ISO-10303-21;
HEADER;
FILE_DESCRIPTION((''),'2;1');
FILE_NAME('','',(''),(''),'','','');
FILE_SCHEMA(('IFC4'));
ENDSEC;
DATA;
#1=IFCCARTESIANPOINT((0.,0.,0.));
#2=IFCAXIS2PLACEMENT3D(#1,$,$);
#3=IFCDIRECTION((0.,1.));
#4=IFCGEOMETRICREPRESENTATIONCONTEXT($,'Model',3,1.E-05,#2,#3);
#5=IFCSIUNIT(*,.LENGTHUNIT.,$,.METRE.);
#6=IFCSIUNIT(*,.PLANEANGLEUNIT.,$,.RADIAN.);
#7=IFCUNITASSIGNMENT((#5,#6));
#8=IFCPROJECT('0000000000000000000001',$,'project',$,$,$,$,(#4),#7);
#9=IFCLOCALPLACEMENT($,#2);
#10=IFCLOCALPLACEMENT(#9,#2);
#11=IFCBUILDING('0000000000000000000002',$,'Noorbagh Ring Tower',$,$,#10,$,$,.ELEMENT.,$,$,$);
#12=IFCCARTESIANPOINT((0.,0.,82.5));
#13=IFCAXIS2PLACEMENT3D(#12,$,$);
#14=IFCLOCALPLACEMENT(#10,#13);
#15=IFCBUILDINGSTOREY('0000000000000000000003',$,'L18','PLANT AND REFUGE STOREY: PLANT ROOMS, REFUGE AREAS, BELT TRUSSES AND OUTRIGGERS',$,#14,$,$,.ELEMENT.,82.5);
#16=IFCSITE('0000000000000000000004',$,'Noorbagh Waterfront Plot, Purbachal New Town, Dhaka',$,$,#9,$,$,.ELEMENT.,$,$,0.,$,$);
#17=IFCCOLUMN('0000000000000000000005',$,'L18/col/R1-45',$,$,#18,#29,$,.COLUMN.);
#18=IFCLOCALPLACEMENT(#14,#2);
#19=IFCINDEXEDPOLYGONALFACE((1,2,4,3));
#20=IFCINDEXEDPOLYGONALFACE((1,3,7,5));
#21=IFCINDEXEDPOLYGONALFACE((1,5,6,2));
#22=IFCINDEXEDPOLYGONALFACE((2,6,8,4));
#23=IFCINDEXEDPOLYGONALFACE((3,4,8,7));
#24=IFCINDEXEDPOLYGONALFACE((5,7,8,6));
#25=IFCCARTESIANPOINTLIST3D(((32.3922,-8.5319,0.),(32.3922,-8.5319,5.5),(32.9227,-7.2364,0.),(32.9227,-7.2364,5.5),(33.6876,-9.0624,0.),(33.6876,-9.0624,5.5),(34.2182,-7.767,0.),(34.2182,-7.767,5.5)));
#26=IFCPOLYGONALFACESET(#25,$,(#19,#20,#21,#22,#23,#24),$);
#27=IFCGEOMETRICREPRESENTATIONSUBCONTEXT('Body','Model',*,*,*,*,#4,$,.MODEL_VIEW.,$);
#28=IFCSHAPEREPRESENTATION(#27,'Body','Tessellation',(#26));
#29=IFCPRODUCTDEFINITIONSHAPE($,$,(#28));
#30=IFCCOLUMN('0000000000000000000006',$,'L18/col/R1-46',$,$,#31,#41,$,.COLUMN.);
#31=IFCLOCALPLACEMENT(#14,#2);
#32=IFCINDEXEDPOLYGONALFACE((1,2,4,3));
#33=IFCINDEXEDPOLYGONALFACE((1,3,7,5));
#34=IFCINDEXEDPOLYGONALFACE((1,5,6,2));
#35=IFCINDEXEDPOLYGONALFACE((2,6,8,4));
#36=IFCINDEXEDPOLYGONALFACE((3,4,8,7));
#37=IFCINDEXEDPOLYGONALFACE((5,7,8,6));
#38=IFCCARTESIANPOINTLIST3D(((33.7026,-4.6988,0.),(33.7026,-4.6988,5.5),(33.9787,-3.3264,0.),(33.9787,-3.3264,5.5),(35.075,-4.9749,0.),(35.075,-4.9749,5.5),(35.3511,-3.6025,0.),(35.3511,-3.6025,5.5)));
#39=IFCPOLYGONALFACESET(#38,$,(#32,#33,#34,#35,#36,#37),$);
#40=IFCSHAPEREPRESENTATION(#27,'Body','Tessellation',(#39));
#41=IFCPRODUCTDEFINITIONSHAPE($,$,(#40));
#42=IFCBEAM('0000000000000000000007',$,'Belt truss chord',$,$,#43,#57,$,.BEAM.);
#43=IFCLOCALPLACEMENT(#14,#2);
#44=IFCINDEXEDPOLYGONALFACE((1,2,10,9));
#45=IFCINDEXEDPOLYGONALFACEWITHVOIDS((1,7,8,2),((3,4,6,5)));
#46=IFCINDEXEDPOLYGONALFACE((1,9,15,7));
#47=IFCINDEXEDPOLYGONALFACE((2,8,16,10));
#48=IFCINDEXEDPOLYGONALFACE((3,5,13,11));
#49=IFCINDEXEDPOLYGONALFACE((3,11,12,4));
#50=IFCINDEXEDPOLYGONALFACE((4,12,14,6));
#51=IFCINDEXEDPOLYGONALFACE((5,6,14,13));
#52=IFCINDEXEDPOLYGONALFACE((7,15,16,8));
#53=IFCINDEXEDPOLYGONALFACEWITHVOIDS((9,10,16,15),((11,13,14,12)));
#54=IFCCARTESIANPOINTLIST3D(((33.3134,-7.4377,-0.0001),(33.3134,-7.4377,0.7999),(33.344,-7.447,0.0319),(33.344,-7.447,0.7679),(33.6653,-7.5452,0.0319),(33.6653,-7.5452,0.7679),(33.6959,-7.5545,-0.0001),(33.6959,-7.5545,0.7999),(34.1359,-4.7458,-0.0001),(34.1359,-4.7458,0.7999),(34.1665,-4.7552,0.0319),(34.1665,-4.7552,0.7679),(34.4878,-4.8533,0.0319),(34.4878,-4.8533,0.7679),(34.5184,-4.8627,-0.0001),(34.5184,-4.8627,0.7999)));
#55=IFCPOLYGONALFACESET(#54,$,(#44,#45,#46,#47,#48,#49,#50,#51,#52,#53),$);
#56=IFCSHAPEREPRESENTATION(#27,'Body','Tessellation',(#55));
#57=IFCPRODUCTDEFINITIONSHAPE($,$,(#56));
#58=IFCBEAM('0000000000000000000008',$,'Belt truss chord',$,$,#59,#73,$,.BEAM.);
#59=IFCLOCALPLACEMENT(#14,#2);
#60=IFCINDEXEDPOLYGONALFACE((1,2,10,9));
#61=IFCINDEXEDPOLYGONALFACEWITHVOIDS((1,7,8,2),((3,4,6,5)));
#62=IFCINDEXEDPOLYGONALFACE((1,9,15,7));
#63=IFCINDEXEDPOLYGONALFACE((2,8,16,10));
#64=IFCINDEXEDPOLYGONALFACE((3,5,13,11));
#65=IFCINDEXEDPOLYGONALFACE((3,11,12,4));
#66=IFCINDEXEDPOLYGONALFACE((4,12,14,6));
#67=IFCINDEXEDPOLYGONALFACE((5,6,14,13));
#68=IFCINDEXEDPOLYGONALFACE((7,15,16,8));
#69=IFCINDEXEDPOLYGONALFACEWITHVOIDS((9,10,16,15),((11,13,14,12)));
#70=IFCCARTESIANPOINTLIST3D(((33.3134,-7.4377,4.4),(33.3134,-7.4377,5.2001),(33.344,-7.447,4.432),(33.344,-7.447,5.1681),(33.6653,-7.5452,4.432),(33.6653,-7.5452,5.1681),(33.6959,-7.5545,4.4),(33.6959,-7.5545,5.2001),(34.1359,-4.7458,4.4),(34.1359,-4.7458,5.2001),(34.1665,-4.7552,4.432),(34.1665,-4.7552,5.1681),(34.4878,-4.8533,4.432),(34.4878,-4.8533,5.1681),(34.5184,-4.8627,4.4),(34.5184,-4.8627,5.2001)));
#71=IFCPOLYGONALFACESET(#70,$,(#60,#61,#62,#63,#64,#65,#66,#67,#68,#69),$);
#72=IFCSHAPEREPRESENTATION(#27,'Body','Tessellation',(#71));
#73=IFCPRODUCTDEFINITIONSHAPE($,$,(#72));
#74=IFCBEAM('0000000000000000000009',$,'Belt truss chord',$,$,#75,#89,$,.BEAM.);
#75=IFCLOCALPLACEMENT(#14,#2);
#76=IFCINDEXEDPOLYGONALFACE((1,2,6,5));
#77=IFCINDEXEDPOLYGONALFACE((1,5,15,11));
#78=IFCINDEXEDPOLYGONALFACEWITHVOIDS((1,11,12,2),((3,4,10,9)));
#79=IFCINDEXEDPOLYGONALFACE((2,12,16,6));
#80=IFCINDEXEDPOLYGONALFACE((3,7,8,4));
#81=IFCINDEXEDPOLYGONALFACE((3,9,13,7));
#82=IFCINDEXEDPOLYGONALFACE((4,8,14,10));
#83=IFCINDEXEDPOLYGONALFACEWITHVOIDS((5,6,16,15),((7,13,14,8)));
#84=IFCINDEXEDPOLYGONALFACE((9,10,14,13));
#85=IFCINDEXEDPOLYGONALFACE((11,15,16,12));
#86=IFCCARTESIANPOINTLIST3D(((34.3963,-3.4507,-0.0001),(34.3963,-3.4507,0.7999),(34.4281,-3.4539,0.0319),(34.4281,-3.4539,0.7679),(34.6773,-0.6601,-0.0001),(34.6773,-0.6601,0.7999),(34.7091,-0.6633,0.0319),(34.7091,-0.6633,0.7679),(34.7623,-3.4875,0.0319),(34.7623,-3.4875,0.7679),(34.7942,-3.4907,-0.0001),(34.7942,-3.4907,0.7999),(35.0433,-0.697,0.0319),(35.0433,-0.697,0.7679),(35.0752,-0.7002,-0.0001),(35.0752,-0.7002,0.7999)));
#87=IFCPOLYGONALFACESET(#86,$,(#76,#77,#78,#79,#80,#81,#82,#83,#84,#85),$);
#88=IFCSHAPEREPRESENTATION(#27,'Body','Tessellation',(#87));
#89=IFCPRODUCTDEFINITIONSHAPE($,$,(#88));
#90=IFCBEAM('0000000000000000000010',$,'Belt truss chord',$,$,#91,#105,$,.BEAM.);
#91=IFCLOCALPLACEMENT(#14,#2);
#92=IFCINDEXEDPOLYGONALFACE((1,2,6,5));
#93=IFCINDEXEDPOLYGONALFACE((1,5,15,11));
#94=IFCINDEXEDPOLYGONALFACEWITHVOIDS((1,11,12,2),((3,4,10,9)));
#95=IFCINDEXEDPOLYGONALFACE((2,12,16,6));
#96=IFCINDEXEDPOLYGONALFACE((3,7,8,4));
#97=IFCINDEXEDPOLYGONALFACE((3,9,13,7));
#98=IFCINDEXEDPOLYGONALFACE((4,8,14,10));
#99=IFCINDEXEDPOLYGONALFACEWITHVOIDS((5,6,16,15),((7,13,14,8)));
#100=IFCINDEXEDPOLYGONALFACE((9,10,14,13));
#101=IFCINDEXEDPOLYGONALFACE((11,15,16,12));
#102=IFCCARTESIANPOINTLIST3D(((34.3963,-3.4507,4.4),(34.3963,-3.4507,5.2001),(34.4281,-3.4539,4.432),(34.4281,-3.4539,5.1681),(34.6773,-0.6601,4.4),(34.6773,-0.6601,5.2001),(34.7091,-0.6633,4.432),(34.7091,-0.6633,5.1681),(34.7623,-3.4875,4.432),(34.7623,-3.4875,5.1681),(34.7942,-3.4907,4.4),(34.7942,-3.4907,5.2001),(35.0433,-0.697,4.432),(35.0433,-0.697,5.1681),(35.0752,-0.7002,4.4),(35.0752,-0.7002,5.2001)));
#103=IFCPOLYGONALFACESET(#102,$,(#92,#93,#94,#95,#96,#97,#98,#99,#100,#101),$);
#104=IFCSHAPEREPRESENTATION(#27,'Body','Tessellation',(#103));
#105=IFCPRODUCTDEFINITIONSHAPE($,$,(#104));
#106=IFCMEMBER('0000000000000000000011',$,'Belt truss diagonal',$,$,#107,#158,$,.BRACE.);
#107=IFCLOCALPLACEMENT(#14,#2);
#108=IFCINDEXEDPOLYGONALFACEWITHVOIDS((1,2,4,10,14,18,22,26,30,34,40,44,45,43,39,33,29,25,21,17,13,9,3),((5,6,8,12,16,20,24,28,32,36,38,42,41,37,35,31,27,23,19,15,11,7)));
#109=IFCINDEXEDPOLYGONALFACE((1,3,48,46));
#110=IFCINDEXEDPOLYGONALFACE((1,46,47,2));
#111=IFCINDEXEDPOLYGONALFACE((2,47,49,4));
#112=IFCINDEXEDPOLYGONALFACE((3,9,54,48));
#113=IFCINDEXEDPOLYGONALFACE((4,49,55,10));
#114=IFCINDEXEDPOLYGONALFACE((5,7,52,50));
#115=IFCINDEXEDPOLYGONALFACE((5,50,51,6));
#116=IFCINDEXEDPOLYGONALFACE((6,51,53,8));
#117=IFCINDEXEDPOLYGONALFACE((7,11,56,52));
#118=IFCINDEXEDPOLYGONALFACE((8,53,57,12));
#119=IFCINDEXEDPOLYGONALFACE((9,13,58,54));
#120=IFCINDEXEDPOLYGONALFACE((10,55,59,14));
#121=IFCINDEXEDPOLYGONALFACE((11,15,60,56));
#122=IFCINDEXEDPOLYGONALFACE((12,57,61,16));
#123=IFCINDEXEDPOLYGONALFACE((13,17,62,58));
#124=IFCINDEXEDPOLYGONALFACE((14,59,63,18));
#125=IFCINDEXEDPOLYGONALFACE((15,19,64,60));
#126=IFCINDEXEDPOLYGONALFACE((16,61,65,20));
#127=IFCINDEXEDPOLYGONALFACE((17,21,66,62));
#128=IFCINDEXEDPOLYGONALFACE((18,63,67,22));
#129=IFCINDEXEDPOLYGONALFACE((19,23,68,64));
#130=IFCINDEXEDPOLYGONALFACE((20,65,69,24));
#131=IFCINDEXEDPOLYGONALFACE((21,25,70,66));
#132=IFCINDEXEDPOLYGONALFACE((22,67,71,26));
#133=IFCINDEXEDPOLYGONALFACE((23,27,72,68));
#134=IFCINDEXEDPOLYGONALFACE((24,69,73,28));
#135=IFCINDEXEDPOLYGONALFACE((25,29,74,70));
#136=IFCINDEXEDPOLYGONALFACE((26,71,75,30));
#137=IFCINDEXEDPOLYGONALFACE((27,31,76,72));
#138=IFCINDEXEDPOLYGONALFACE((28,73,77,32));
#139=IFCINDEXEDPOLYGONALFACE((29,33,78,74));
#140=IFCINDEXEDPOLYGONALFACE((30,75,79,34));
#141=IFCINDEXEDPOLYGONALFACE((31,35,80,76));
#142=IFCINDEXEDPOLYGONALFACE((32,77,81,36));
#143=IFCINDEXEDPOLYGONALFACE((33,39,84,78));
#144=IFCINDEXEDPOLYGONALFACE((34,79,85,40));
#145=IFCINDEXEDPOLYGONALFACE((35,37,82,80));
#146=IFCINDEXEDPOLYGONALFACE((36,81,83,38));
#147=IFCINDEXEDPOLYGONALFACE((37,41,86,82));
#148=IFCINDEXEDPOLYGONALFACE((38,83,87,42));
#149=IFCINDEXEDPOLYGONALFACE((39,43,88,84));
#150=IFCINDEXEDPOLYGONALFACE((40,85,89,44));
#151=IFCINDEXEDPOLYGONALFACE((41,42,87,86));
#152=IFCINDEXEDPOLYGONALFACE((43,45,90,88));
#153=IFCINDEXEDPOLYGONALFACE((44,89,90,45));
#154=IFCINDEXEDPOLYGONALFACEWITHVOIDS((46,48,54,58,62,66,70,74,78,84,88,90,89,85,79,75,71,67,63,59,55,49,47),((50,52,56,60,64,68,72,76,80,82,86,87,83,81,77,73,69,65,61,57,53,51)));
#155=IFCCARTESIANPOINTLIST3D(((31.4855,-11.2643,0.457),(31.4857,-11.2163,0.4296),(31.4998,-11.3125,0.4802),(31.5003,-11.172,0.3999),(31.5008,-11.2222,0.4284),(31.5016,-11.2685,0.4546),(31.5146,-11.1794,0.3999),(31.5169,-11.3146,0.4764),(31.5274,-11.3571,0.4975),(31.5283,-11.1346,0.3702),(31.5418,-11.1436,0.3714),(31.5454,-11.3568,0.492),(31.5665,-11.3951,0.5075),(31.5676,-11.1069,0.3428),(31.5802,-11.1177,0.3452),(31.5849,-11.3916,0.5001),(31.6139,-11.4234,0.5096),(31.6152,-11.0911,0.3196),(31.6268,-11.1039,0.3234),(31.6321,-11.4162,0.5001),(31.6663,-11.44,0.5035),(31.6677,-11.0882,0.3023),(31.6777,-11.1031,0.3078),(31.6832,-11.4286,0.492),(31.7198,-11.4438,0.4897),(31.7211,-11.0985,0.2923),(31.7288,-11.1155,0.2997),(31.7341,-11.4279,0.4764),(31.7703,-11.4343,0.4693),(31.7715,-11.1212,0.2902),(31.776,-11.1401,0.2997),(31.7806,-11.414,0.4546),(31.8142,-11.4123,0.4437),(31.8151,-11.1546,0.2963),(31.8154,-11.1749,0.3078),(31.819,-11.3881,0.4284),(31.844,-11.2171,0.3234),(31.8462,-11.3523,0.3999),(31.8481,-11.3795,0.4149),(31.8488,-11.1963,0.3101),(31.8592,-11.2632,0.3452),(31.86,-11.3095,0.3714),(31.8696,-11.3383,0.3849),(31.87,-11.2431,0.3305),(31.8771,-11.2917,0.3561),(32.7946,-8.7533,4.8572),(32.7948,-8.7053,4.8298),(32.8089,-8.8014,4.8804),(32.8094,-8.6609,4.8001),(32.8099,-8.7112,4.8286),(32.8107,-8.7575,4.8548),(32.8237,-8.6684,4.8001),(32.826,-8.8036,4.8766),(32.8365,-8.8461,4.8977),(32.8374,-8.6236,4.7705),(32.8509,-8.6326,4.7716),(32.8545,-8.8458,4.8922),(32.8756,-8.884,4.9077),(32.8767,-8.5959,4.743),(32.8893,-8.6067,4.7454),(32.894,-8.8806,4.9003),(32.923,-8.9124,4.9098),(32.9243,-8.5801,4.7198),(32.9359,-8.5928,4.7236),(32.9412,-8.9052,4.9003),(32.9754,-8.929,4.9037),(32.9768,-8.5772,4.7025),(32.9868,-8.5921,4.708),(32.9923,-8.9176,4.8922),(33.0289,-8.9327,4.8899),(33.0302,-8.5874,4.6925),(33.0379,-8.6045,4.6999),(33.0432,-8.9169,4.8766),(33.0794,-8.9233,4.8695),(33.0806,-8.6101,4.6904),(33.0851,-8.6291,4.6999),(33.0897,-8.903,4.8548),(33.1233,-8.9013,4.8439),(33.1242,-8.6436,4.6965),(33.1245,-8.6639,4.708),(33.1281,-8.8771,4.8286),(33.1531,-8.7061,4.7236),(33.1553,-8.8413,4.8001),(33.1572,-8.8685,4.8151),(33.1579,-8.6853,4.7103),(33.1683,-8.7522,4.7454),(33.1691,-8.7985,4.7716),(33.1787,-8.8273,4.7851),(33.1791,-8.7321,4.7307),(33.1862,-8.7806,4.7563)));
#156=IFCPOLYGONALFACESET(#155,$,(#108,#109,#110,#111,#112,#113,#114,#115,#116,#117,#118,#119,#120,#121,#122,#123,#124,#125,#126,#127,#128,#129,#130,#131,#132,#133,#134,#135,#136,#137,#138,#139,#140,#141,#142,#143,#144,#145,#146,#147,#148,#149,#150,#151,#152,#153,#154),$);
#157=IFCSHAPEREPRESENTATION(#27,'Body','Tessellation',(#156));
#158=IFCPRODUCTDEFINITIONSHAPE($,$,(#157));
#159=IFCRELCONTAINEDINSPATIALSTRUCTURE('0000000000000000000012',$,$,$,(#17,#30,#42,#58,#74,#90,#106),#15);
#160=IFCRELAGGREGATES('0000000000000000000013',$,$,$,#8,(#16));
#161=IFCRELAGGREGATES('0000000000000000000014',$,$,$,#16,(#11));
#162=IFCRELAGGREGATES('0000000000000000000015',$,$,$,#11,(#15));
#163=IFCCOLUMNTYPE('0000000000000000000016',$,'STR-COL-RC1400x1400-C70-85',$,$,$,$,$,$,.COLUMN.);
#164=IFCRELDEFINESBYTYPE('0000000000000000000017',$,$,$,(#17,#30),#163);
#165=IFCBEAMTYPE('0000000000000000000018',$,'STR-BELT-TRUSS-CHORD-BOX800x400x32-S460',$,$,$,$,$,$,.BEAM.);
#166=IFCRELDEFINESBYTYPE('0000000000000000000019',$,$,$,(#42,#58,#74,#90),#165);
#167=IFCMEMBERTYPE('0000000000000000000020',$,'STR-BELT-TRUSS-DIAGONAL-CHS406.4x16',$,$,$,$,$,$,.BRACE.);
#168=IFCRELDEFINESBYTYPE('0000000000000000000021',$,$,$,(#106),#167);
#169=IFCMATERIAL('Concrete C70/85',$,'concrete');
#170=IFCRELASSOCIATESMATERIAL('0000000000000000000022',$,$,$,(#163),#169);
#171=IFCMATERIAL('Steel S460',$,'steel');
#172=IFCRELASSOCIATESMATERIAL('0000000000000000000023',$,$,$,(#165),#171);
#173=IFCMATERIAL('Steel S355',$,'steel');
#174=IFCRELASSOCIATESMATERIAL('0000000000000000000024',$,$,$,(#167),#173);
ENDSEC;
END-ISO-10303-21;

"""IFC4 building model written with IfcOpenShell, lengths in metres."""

from ifc_helpers import new_model, si_unit, direction, frame, origin, origin_2d, place, context, subcontext, project, spatial, rectangle, hollow_rectangle, hollow_circle, extrude, material, material_profile, profile_set, type_object, element, save


model = new_model("IFC4")

# Units and contexts
model_context = context("Model", 3, precision=1e-05, world=origin(), true_north=direction((0.0, 1.0)))
body_context = subcontext(model_context, "Body", "Model", "MODEL_VIEW")
ifc_project = project(units=[si_unit("LENGTHUNIT", "METRE"), si_unit("PLANEANGLEUNIT", "RADIAN")], contexts=[model_context])

# Site, building, storey
site_placement = place(None, origin())
site = spatial("IfcSite", under=ifc_project, at=site_placement, Name="Noorbagh Waterfront Plot, Purbachal New Town, Dhaka", CompositionType="ELEMENT", RefElevation=0.0)
building_placement = place(site_placement, origin())
building = spatial("IfcBuilding", under=site, at=building_placement, Name="Noorbagh Ring Tower", CompositionType="ELEMENT")
storey_placement = place(building_placement, frame((0.0, 0.0, 82.5)))
storey = spatial("IfcBuildingStorey", under=building, at=storey_placement, Name="L18", Description="PLANT AND REFUGE STOREY: PLANT ROOMS, REFUGE AREAS, BELT TRUSSES AND OUTRIGGERS", CompositionType="ELEMENT", Elevation=82.5)

# Columns
ifc_material_1 = material(Name="Concrete C70/85", Category="concrete")
ifc_material_profile_1 = material_profile(ifc_material_1, rectangle(XDim=1.3999, YDim=1.3999, at=origin_2d()), Name="RC1400x1400")
ifc_profile_set_1 = profile_set([ifc_material_profile_1], Name="Concrete C70/85")
column_type = type_object("IfcColumnType", Name="STR-COL-RC1400x1400-C70-85", PredefinedType="COLUMN", material=ifc_profile_set_1)
for number, where, z_axis, x_axis, name in (
    (1, (33.3052, -8.1494, 0.0), (0.0, 0.0, 1.0), (0.378989, 0.925401, 0.0), "L18/col/R1-45"),
    (2, (34.5269, -4.1506, 0.0), (0.0, 0.0, 1.0), (0.19723, 0.980357, 0.0), "L18/col/R1-46"),
):
    element("IfcColumn", number, at=place(storey_placement, frame(where, z_axis=z_axis, x_axis=x_axis)), inside=storey, type_object=column_type, Name=name, PredefinedType="COLUMN", context=body_context, shape_type="SweptSolid", body=[
        extrude(rectangle(XDim=1.3999, YDim=1.3999, at=origin_2d()), origin(), (0.0, 0.0, 1.0), 5.5),
    ])

# Beams
ifc_material_2 = material(Name="Steel S460", Category="steel")
ifc_material_profile_2 = material_profile(ifc_material_2, hollow_rectangle(XDim=0.3999, YDim=0.8, WallThickness=0.032, at=origin_2d()), Name="BOX800x400x32")
ifc_profile_set_2 = profile_set([ifc_material_profile_2], Name="Steel S460")
beam_type_1 = type_object("IfcBeamType", Name="STR-BELT-TRUSS-CHORD-BOX800x400x32-S460", PredefinedType="BEAM", material=ifc_profile_set_2)
for number, where, z_axis, x_axis, name in (
    (3, (33.5046, -7.4961, 0.3999), (0.292214, 0.956353, 0.0), (-0.956353, 0.292214, 0.0), "Belt truss chord"),
    (4, (33.5046, -7.4961, 4.8), (0.292214, 0.956353, 0.0), (-0.956353, 0.292214, 0.0), "Belt truss chord"),
):
    element("IfcBeam", number, at=place(storey_placement, frame(where, z_axis=z_axis, x_axis=x_axis)), inside=storey, type_object=beam_type_1, Name=name, PredefinedType="BEAM", context=body_context, shape_type="SweptSolid", body=[
        extrude(hollow_rectangle(XDim=0.3999, YDim=0.8, WallThickness=0.032, at=origin_2d()), origin(), (0.0, 0.0, 1.0), 2.8147),
    ])
for number, where, z_axis, x_axis, name in (
    (5, (34.5952, -3.4707, 0.3999), (0.100193, 0.994968, 0.0), (-0.994968, 0.100193, 0.0), "Belt truss chord"),
    (6, (34.5952, -3.4707, 4.8), (0.100193, 0.994968, 0.0), (-0.994968, 0.100193, 0.0), "Belt truss chord"),
):
    element("IfcBeam", number, at=place(storey_placement, frame(where, z_axis=z_axis, x_axis=x_axis)), inside=storey, type_object=beam_type_1, Name=name, PredefinedType="BEAM", context=body_context, shape_type="SweptSolid", body=[
        extrude(hollow_rectangle(XDim=0.3999, YDim=0.8, WallThickness=0.032, at=origin_2d()), origin(), (0.0, 0.0, 1.0), 2.8047),
    ])

# Member
ifc_material_3 = material(Name="Steel S355", Category="steel")
ifc_material_profile_3 = material_profile(ifc_material_3, hollow_circle(Radius=0.2031, WallThickness=0.0161, at=origin_2d()), Name="CHS406.4x16")
ifc_profile_set_3 = profile_set([ifc_material_profile_3], Name="Steel S355")
member_type_1 = type_object("IfcMemberType", Name="STR-BELT-TRUSS-DIAGONAL-CHS406.4x16", PredefinedType="BRACE", material=ifc_profile_set_3)
member_1_placement = place(storey_placement, frame((31.6804, -11.2659, 0.3999), z_axis=(0.250178, 0.479874, 0.840911), x_axis=(-0.886729, 0.462289, 0.0)))
element("IfcMember", 7, at=member_1_placement, inside=storey, type_object=member_type_1, Name="Belt truss diagonal", PredefinedType="BRACE", context=body_context, shape_type="SweptSolid", body=[
    extrude(hollow_circle(Radius=0.2031, WallThickness=0.0161, at=origin_2d()), origin(), (0.0, 0.0, 1.0), 5.2327),
])

save(model, "model.ifc")
